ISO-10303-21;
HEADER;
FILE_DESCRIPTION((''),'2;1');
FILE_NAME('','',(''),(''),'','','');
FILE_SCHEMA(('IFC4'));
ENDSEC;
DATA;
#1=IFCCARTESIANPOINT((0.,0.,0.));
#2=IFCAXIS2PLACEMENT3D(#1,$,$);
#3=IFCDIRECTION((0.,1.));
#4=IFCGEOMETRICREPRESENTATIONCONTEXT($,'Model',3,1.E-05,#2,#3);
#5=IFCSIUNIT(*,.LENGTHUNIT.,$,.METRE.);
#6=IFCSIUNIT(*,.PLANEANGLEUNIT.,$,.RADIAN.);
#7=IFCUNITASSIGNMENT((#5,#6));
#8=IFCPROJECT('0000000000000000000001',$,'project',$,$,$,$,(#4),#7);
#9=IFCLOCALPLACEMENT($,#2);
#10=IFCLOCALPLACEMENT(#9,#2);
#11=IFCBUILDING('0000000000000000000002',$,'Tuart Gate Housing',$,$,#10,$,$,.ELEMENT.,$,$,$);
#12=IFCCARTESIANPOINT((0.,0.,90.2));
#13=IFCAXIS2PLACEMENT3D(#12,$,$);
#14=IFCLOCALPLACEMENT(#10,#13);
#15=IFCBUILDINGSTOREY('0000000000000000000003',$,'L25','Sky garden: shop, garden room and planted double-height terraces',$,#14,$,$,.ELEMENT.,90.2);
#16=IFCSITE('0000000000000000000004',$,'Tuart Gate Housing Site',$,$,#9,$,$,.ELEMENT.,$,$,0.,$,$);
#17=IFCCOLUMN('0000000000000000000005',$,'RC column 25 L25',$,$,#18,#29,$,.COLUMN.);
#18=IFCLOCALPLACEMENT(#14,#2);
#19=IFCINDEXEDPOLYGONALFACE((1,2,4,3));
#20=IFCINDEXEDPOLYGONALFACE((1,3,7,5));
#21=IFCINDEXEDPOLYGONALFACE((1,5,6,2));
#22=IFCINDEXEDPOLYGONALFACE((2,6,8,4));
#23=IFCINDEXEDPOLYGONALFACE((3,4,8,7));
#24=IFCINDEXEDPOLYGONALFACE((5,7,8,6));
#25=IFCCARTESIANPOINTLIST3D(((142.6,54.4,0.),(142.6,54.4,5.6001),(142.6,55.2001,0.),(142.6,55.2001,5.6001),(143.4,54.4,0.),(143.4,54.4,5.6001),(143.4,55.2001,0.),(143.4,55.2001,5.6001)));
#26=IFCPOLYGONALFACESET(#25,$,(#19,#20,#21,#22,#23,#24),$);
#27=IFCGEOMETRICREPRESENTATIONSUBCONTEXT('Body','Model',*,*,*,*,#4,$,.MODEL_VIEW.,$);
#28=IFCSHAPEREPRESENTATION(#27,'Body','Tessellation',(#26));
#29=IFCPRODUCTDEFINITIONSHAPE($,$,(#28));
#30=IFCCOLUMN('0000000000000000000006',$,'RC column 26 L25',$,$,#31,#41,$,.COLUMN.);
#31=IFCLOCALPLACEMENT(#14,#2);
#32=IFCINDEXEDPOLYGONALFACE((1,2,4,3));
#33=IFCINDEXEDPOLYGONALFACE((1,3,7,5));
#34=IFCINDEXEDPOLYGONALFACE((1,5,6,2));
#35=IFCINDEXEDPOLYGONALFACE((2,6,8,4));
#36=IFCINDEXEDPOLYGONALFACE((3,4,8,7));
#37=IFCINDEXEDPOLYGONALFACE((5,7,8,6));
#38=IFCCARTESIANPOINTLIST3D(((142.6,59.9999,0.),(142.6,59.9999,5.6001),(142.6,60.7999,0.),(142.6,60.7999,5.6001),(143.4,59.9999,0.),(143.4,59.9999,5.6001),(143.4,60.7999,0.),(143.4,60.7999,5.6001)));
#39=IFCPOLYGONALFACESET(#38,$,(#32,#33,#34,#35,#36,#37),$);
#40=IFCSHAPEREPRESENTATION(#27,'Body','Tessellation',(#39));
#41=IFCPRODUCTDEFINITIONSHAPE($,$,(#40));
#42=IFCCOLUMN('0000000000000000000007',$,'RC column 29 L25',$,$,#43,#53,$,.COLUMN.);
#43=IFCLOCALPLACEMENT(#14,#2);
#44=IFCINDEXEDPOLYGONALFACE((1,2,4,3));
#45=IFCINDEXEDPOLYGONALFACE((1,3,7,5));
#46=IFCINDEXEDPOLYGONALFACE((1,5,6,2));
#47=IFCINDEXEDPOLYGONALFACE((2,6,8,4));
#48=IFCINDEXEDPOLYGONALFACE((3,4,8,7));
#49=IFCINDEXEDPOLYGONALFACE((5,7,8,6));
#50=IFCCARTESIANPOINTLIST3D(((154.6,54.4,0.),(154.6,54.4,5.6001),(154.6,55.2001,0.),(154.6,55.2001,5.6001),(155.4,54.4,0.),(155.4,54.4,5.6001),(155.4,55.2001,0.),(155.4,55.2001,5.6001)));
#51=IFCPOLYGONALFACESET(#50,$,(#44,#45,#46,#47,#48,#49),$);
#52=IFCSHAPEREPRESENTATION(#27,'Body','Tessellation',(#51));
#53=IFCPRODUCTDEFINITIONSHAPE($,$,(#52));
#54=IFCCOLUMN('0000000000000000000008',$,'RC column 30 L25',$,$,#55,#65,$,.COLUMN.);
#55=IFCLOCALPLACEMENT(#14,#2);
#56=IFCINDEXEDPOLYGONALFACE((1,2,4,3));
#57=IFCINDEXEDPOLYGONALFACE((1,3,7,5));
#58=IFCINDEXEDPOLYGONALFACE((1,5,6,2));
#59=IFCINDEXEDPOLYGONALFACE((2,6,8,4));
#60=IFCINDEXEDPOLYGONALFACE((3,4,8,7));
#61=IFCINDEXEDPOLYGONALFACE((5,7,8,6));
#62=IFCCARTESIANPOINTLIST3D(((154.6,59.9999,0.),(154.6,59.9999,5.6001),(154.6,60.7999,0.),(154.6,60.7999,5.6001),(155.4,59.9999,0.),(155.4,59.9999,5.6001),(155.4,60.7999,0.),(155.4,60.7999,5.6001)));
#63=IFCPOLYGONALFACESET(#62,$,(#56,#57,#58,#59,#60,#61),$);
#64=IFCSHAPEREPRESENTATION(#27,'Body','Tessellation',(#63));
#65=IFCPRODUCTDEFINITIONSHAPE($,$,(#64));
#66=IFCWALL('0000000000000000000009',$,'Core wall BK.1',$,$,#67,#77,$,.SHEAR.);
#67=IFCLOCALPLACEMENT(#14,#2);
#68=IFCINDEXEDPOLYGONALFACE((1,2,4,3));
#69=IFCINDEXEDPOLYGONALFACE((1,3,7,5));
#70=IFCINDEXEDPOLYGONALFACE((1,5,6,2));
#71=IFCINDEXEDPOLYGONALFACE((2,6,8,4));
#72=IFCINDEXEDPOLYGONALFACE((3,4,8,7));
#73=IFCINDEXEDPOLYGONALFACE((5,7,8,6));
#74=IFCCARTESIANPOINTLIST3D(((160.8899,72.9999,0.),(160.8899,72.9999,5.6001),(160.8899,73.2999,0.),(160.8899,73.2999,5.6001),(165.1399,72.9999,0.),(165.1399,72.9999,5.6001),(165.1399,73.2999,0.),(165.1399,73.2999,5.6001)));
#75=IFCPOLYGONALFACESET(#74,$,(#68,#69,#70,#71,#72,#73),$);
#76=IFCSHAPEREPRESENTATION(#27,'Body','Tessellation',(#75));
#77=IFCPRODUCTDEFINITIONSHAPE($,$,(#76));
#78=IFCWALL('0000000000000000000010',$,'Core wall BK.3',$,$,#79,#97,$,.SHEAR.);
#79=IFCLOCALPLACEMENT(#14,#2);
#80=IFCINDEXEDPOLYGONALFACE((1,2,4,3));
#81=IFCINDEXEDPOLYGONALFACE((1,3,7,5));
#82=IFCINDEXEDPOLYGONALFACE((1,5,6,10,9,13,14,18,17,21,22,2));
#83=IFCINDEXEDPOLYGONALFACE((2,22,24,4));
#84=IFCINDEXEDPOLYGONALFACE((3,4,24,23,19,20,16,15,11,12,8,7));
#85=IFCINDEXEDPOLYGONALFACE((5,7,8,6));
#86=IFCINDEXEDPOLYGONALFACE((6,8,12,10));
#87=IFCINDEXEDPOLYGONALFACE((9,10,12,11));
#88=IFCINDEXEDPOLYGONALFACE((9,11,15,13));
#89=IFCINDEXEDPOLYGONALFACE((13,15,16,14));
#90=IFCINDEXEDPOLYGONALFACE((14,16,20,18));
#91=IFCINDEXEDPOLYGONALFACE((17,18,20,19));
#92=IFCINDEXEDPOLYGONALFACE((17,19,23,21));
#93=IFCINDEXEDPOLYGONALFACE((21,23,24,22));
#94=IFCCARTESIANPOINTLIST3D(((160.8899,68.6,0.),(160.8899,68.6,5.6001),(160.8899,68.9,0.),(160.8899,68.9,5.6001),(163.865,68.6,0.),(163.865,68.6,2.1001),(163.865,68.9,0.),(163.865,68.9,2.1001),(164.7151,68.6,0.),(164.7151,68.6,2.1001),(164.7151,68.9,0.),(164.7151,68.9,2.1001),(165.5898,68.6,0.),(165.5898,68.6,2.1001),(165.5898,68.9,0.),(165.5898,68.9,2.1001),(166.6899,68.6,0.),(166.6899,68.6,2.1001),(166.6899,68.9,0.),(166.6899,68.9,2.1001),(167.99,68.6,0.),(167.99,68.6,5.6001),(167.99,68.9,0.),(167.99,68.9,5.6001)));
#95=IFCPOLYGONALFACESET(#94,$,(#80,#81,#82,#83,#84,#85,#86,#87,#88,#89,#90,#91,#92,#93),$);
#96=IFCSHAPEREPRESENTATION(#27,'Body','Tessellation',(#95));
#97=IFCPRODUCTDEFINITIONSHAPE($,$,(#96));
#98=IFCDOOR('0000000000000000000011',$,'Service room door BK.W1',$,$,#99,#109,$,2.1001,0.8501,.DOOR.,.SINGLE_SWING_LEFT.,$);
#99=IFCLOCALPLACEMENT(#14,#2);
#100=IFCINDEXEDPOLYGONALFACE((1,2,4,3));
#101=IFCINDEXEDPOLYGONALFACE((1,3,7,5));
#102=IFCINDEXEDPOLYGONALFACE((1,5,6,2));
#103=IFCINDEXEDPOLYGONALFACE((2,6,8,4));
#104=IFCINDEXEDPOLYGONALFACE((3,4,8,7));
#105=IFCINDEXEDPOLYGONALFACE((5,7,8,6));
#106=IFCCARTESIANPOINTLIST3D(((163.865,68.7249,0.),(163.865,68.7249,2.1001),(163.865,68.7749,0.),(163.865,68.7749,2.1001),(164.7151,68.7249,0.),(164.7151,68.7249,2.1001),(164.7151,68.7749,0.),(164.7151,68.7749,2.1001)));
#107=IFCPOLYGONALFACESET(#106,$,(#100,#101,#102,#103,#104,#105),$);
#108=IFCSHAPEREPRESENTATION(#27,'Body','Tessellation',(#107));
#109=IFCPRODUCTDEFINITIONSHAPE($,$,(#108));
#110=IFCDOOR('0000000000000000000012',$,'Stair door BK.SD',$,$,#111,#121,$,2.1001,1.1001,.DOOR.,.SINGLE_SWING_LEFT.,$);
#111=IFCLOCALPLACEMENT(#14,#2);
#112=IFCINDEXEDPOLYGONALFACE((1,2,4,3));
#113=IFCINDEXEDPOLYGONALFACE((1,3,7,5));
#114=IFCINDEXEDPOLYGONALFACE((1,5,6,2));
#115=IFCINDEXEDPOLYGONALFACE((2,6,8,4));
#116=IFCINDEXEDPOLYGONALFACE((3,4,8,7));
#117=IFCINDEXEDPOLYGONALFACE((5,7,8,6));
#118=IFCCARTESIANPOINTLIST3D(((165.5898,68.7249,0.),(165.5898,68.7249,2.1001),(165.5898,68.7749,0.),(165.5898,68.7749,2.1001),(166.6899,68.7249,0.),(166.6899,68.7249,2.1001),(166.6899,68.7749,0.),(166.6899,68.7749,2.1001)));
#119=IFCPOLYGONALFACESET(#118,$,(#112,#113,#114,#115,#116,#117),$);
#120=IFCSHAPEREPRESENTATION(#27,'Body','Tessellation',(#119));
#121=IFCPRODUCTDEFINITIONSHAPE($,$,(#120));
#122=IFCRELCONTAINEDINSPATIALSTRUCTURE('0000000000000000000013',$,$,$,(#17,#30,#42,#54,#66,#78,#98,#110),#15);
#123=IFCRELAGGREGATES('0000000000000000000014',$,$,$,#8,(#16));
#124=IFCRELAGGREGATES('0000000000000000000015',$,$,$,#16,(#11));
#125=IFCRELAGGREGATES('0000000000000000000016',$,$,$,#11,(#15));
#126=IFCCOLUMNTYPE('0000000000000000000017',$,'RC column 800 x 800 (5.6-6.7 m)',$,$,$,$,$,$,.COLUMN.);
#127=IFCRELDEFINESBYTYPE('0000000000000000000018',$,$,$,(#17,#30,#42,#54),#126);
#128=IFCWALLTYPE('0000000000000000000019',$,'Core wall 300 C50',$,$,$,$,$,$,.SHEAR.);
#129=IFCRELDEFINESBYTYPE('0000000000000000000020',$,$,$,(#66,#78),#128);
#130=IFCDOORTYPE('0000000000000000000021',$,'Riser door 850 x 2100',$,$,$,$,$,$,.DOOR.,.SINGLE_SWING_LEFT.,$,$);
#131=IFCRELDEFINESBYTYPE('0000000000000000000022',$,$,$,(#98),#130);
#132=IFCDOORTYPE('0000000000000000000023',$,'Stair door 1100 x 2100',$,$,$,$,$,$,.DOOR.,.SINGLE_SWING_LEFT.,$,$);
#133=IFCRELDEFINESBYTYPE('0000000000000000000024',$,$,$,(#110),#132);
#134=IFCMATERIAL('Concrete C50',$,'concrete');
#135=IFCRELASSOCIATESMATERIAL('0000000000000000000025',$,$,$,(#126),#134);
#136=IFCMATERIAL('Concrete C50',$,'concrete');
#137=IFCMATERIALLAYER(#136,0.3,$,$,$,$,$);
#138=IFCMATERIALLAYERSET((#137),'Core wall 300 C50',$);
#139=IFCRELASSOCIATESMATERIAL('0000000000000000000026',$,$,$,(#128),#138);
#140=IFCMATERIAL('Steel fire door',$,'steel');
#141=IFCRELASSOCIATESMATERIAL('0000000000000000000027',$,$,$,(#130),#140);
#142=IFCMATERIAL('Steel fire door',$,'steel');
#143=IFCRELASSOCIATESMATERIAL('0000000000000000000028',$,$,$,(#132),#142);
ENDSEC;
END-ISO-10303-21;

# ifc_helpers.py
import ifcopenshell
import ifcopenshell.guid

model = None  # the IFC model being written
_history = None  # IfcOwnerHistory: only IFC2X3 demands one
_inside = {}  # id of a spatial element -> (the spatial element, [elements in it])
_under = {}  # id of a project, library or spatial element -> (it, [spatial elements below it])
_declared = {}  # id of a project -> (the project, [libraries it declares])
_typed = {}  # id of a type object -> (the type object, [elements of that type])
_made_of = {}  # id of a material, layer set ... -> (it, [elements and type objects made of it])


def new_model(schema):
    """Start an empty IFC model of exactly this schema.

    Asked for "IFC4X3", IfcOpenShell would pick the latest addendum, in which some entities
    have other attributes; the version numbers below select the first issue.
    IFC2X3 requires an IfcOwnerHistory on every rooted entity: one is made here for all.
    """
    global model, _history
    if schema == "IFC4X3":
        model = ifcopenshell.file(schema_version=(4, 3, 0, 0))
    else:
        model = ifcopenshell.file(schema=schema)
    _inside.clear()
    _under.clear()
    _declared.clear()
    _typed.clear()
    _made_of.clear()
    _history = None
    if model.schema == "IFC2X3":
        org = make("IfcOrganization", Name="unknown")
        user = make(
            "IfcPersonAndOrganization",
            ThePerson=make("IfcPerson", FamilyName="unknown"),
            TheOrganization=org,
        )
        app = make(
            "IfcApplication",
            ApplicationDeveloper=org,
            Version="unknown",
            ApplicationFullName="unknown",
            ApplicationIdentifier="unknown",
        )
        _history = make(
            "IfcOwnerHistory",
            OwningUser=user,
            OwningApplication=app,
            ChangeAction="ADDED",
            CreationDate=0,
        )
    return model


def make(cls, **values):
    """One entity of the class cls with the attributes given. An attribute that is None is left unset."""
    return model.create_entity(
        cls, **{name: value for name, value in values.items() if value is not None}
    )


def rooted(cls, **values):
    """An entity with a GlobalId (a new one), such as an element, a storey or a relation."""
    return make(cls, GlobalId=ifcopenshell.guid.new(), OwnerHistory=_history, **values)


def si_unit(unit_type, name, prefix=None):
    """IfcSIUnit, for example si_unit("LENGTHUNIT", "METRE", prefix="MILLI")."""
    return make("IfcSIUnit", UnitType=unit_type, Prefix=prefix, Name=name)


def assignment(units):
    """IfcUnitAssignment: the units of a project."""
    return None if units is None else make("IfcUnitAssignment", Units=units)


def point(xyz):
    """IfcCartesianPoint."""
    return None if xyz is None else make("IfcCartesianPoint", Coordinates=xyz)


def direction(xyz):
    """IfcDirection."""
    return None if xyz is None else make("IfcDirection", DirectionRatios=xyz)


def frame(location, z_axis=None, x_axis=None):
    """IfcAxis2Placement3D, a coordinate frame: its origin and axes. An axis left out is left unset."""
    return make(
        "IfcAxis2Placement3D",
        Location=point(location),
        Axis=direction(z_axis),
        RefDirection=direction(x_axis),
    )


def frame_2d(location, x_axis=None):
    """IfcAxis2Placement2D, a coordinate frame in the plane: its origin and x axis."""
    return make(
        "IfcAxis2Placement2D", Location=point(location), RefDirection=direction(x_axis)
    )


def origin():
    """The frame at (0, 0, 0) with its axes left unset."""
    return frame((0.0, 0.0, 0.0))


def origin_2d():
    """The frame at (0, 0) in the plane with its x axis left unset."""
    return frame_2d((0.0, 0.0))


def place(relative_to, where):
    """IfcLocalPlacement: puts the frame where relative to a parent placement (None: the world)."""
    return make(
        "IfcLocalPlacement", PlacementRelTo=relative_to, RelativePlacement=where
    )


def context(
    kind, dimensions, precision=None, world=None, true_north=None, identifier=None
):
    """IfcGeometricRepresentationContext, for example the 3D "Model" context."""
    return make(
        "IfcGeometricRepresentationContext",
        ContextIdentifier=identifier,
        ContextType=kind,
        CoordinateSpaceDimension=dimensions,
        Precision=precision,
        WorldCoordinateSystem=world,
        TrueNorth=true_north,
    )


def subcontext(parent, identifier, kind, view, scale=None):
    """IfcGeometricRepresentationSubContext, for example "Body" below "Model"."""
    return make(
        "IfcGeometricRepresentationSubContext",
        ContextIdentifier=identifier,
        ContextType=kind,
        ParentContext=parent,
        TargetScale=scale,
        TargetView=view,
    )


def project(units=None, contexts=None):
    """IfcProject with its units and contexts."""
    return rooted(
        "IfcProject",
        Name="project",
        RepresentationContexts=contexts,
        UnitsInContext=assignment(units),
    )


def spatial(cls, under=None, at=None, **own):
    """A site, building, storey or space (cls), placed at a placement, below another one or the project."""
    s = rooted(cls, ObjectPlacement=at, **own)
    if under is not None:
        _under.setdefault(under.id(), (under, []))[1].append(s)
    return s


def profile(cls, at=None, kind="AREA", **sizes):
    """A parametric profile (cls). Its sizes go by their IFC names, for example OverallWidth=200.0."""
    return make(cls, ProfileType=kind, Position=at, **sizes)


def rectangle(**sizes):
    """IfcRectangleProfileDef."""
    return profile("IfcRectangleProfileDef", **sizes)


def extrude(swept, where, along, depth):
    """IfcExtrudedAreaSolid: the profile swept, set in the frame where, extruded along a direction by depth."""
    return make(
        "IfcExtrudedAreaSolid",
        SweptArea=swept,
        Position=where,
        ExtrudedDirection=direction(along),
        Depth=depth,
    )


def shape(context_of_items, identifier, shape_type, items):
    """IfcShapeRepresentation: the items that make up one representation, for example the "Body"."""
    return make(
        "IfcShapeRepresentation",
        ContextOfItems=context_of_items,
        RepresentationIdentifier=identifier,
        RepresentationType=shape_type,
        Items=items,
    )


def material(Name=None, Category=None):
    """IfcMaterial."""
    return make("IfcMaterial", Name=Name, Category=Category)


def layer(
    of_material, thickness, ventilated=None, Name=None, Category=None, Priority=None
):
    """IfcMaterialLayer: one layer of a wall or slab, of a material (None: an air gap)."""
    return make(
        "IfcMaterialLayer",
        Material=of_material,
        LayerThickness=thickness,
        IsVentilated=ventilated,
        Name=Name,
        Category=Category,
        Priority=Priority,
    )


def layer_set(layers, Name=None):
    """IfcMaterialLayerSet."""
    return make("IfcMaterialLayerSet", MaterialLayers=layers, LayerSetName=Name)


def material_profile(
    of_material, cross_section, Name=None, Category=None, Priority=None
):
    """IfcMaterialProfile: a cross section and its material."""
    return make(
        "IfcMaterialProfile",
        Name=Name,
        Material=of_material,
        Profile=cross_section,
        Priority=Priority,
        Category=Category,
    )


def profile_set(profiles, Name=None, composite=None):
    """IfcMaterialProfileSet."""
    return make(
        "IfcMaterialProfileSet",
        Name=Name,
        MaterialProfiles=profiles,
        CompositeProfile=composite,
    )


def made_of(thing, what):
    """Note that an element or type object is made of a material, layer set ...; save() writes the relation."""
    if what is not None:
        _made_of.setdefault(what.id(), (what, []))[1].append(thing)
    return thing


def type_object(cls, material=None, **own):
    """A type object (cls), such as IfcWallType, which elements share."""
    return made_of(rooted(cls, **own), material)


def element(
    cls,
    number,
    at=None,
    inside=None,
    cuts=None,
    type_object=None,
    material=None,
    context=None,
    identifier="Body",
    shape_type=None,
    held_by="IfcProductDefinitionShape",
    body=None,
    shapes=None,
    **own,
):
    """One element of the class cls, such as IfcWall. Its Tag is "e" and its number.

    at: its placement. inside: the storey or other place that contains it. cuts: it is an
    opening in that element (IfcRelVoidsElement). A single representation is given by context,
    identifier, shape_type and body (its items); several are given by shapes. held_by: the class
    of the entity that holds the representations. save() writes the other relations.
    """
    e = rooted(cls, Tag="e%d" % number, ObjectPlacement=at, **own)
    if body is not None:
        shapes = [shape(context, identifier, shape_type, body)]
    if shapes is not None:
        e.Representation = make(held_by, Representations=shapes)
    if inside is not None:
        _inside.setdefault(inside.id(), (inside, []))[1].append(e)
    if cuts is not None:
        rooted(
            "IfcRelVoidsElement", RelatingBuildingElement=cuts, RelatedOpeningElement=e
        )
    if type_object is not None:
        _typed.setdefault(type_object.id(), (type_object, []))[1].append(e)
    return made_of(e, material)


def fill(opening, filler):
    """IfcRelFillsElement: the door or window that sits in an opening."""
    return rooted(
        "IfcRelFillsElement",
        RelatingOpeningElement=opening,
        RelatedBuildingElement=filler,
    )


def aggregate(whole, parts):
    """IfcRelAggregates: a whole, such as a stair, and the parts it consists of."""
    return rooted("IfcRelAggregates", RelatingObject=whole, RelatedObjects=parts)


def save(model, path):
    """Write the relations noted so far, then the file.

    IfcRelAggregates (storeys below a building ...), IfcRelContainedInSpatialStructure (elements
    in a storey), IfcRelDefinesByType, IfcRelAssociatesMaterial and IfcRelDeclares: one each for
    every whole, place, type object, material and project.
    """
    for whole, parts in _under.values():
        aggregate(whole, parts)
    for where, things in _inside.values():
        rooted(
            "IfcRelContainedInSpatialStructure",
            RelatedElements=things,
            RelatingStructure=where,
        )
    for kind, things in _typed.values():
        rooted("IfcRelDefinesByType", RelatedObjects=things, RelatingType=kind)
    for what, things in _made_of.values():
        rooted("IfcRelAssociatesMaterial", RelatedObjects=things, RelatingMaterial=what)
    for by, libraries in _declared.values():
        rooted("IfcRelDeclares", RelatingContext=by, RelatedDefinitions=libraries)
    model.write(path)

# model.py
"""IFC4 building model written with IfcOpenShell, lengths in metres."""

from ifc_helpers import new_model, si_unit, direction, frame, frame_2d, origin, origin_2d, place, context, subcontext, project, spatial, rectangle, extrude, material, layer, layer_set, material_profile, profile_set, type_object, element, fill, save


model = new_model("IFC4")

# Units and contexts
model_context = context("Model", 3, precision=1e-05, world=origin(), true_north=direction((0.0, 1.0)))
body_context = subcontext(model_context, "Body", "Model", "MODEL_VIEW")
ifc_project = project(units=[si_unit("LENGTHUNIT", "METRE"), si_unit("PLANEANGLEUNIT", "RADIAN")], contexts=[model_context])

# Site, building, storey
site_placement = place(None, origin())
site = spatial("IfcSite", under=ifc_project, at=site_placement, Name="Tuart Gate Housing Site", CompositionType="ELEMENT", RefElevation=0.0)
building_placement = place(site_placement, origin())
building = spatial("IfcBuilding", under=site, at=building_placement, Name="Tuart Gate Housing", CompositionType="ELEMENT")
storey_placement = place(building_placement, frame((0.0, 0.0, 90.2)))
storey = spatial("IfcBuildingStorey", under=building, at=storey_placement, Name="L25", Description="Sky garden: shop, garden room and planted double-height terraces", CompositionType="ELEMENT", Elevation=90.2)

# Columns
ifc_material_1 = material(Name="Concrete C50", Category="concrete")
ifc_material_profile = material_profile(ifc_material_1, rectangle(XDim=0.8, YDim=0.8, at=origin_2d()), Name="RC column 800 x 800 (5.6-6.7 m)")
ifc_profile_set = profile_set([ifc_material_profile], Name="Concrete C50")
column_type = type_object("IfcColumnType", Name="RC column 800 x 800 (5.6-6.7 m)", PredefinedType="COLUMN", material=ifc_profile_set)
for number, where, z_axis, x_axis, name in (
    (1, (143.0, 54.8, 0.0), (0.0, 0.0, 1.0), (1.0, 0.0, 0.0), "RC column 25 L25"),
    (2, (143.0, 60.3999, 0.0), (0.0, 0.0, 1.0), (1.0, 0.0, 0.0), "RC column 26 L25"),
    (3, (155.0, 54.8, 0.0), (0.0, 0.0, 1.0), (1.0, 0.0, 0.0), "RC column 29 L25"),
    (4, (155.0, 60.3999, 0.0), (0.0, 0.0, 1.0), (1.0, 0.0, 0.0), "RC column 30 L25"),
):
    element("IfcColumn", number, at=place(storey_placement, frame(where, z_axis=z_axis, x_axis=x_axis)), inside=storey, type_object=column_type, Name=name, PredefinedType="COLUMN", context=body_context, shape_type="SweptSolid", body=[
        extrude(rectangle(XDim=0.8, YDim=0.8, at=origin_2d()), origin(), (0.0, 0.0, 1.0), 5.6001),
    ])

# Wall
ifc_material_2 = material(Name="Concrete C50", Category="concrete")
ifc_layer_1 = layer(ifc_material_2, 0.3)
ifc_layer_set_1 = layer_set([ifc_layer_1], Name="Core wall 300 C50")
wall_type_1 = type_object("IfcWallType", Name="Core wall 300 C50", PredefinedType="SHEAR", material=ifc_layer_set_1)
wall_1_placement = place(storey_placement, frame((160.8899, 73.1499, 0.0), z_axis=(0.0, 0.0, 1.0), x_axis=(1.0, 0.0, 0.0)))
element("IfcWall", 5, at=wall_1_placement, inside=storey, type_object=wall_type_1, Name="Core wall BK.1", PredefinedType="SHEAR", context=body_context, shape_type="SweptSolid", body=[
    extrude(rectangle(XDim=4.25, YDim=0.3, at=frame_2d((2.125, 0.0))), origin(), (0.0, 0.0, 1.0), 5.6001),
])

# Wall, openings, doors
wall_2_placement = place(storey_placement, frame((160.8899, 68.75, 0.0), z_axis=(0.0, 0.0, 1.0), x_axis=(1.0, 0.0, 0.0)))
wall_2 = element("IfcWall", 6, at=wall_2_placement, inside=storey, type_object=wall_type_1, Name="Core wall BK.3", PredefinedType="SHEAR", context=body_context, shape_type="SweptSolid", body=[
    extrude(rectangle(XDim=7.1001, YDim=0.3, at=frame_2d((3.55, 0.0))), origin(), (0.0, 0.0, 1.0), 5.6001),
])
opening_1_placement = place(wall_2_placement, frame((4.7, 0.0, 0.0)))
opening_1 = element("IfcOpeningElement", 7, at=opening_1_placement, cuts=wall_2, PredefinedType="OPENING", context=body_context, shape_type="SweptSolid", body=[
    extrude(rectangle(XDim=1.1001, YDim=2.1001, at=frame_2d((0.55, 1.05))), frame((0.0, 0.1599, 0.0), z_axis=(0.0, -1.0, 0.0), x_axis=(1.0, 0.0, 0.0)), (0.0, 0.0, 1.0), 0.3201),
])
opening_2_placement = place(wall_2_placement, frame((2.9751, 0.0, 0.0)))
opening_2 = element("IfcOpeningElement", 8, at=opening_2_placement, cuts=wall_2, PredefinedType="OPENING", context=body_context, shape_type="SweptSolid", body=[
    extrude(rectangle(XDim=0.8501, YDim=2.1001, at=frame_2d((0.425, 1.05))), frame((0.0, 0.1599, 0.0), z_axis=(0.0, -1.0, 0.0), x_axis=(1.0, 0.0, 0.0)), (0.0, 0.0, 1.0), 0.3201),
])
ifc_material_3 = material(Name="Steel fire door", Category="steel")
door_type_1 = type_object("IfcDoorType", Name="Riser door 850 x 2100", OperationType="SINGLE_SWING_LEFT", PredefinedType="DOOR", material=ifc_material_3)
door_1_placement = place(opening_2_placement, origin())
door_1 = element("IfcDoor", 9, at=door_1_placement, inside=storey, type_object=door_type_1, Name="Service room door BK.W1", OperationType="SINGLE_SWING_LEFT", OverallHeight=2.1001, OverallWidth=0.8501, PredefinedType="DOOR", context=body_context, shape_type="SweptSolid", body=[
    extrude(rectangle(XDim=0.8501, YDim=2.1001, at=frame_2d((0.425, 1.05))), frame((0.0, 0.0249, 0.0), z_axis=(0.0, -1.0, 0.0), x_axis=(1.0, 0.0, 0.0)), (0.0, 0.0, 1.0), 0.05),
])
fill(opening_2, door_1)
ifc_material_4 = material(Name="Steel fire door", Category="steel")
door_type_2 = type_object("IfcDoorType", Name="Stair door 1100 x 2100", OperationType="SINGLE_SWING_LEFT", PredefinedType="DOOR", material=ifc_material_4)
door_2_placement = place(opening_1_placement, origin())
door_2 = element("IfcDoor", 10, at=door_2_placement, inside=storey, type_object=door_type_2, Name="Stair door BK.SD", OperationType="SINGLE_SWING_LEFT", OverallHeight=2.1001, OverallWidth=1.1001, PredefinedType="DOOR", context=body_context, shape_type="SweptSolid", body=[
    extrude(rectangle(XDim=1.1001, YDim=2.1001, at=frame_2d((0.55, 1.05))), frame((0.0, 0.0249, 0.0), z_axis=(0.0, -1.0, 0.0), x_axis=(1.0, 0.0, 0.0)), (0.0, 0.0, 1.0), 0.05),
])
fill(opening_1, door_2)

save(model, "model.ifc")
